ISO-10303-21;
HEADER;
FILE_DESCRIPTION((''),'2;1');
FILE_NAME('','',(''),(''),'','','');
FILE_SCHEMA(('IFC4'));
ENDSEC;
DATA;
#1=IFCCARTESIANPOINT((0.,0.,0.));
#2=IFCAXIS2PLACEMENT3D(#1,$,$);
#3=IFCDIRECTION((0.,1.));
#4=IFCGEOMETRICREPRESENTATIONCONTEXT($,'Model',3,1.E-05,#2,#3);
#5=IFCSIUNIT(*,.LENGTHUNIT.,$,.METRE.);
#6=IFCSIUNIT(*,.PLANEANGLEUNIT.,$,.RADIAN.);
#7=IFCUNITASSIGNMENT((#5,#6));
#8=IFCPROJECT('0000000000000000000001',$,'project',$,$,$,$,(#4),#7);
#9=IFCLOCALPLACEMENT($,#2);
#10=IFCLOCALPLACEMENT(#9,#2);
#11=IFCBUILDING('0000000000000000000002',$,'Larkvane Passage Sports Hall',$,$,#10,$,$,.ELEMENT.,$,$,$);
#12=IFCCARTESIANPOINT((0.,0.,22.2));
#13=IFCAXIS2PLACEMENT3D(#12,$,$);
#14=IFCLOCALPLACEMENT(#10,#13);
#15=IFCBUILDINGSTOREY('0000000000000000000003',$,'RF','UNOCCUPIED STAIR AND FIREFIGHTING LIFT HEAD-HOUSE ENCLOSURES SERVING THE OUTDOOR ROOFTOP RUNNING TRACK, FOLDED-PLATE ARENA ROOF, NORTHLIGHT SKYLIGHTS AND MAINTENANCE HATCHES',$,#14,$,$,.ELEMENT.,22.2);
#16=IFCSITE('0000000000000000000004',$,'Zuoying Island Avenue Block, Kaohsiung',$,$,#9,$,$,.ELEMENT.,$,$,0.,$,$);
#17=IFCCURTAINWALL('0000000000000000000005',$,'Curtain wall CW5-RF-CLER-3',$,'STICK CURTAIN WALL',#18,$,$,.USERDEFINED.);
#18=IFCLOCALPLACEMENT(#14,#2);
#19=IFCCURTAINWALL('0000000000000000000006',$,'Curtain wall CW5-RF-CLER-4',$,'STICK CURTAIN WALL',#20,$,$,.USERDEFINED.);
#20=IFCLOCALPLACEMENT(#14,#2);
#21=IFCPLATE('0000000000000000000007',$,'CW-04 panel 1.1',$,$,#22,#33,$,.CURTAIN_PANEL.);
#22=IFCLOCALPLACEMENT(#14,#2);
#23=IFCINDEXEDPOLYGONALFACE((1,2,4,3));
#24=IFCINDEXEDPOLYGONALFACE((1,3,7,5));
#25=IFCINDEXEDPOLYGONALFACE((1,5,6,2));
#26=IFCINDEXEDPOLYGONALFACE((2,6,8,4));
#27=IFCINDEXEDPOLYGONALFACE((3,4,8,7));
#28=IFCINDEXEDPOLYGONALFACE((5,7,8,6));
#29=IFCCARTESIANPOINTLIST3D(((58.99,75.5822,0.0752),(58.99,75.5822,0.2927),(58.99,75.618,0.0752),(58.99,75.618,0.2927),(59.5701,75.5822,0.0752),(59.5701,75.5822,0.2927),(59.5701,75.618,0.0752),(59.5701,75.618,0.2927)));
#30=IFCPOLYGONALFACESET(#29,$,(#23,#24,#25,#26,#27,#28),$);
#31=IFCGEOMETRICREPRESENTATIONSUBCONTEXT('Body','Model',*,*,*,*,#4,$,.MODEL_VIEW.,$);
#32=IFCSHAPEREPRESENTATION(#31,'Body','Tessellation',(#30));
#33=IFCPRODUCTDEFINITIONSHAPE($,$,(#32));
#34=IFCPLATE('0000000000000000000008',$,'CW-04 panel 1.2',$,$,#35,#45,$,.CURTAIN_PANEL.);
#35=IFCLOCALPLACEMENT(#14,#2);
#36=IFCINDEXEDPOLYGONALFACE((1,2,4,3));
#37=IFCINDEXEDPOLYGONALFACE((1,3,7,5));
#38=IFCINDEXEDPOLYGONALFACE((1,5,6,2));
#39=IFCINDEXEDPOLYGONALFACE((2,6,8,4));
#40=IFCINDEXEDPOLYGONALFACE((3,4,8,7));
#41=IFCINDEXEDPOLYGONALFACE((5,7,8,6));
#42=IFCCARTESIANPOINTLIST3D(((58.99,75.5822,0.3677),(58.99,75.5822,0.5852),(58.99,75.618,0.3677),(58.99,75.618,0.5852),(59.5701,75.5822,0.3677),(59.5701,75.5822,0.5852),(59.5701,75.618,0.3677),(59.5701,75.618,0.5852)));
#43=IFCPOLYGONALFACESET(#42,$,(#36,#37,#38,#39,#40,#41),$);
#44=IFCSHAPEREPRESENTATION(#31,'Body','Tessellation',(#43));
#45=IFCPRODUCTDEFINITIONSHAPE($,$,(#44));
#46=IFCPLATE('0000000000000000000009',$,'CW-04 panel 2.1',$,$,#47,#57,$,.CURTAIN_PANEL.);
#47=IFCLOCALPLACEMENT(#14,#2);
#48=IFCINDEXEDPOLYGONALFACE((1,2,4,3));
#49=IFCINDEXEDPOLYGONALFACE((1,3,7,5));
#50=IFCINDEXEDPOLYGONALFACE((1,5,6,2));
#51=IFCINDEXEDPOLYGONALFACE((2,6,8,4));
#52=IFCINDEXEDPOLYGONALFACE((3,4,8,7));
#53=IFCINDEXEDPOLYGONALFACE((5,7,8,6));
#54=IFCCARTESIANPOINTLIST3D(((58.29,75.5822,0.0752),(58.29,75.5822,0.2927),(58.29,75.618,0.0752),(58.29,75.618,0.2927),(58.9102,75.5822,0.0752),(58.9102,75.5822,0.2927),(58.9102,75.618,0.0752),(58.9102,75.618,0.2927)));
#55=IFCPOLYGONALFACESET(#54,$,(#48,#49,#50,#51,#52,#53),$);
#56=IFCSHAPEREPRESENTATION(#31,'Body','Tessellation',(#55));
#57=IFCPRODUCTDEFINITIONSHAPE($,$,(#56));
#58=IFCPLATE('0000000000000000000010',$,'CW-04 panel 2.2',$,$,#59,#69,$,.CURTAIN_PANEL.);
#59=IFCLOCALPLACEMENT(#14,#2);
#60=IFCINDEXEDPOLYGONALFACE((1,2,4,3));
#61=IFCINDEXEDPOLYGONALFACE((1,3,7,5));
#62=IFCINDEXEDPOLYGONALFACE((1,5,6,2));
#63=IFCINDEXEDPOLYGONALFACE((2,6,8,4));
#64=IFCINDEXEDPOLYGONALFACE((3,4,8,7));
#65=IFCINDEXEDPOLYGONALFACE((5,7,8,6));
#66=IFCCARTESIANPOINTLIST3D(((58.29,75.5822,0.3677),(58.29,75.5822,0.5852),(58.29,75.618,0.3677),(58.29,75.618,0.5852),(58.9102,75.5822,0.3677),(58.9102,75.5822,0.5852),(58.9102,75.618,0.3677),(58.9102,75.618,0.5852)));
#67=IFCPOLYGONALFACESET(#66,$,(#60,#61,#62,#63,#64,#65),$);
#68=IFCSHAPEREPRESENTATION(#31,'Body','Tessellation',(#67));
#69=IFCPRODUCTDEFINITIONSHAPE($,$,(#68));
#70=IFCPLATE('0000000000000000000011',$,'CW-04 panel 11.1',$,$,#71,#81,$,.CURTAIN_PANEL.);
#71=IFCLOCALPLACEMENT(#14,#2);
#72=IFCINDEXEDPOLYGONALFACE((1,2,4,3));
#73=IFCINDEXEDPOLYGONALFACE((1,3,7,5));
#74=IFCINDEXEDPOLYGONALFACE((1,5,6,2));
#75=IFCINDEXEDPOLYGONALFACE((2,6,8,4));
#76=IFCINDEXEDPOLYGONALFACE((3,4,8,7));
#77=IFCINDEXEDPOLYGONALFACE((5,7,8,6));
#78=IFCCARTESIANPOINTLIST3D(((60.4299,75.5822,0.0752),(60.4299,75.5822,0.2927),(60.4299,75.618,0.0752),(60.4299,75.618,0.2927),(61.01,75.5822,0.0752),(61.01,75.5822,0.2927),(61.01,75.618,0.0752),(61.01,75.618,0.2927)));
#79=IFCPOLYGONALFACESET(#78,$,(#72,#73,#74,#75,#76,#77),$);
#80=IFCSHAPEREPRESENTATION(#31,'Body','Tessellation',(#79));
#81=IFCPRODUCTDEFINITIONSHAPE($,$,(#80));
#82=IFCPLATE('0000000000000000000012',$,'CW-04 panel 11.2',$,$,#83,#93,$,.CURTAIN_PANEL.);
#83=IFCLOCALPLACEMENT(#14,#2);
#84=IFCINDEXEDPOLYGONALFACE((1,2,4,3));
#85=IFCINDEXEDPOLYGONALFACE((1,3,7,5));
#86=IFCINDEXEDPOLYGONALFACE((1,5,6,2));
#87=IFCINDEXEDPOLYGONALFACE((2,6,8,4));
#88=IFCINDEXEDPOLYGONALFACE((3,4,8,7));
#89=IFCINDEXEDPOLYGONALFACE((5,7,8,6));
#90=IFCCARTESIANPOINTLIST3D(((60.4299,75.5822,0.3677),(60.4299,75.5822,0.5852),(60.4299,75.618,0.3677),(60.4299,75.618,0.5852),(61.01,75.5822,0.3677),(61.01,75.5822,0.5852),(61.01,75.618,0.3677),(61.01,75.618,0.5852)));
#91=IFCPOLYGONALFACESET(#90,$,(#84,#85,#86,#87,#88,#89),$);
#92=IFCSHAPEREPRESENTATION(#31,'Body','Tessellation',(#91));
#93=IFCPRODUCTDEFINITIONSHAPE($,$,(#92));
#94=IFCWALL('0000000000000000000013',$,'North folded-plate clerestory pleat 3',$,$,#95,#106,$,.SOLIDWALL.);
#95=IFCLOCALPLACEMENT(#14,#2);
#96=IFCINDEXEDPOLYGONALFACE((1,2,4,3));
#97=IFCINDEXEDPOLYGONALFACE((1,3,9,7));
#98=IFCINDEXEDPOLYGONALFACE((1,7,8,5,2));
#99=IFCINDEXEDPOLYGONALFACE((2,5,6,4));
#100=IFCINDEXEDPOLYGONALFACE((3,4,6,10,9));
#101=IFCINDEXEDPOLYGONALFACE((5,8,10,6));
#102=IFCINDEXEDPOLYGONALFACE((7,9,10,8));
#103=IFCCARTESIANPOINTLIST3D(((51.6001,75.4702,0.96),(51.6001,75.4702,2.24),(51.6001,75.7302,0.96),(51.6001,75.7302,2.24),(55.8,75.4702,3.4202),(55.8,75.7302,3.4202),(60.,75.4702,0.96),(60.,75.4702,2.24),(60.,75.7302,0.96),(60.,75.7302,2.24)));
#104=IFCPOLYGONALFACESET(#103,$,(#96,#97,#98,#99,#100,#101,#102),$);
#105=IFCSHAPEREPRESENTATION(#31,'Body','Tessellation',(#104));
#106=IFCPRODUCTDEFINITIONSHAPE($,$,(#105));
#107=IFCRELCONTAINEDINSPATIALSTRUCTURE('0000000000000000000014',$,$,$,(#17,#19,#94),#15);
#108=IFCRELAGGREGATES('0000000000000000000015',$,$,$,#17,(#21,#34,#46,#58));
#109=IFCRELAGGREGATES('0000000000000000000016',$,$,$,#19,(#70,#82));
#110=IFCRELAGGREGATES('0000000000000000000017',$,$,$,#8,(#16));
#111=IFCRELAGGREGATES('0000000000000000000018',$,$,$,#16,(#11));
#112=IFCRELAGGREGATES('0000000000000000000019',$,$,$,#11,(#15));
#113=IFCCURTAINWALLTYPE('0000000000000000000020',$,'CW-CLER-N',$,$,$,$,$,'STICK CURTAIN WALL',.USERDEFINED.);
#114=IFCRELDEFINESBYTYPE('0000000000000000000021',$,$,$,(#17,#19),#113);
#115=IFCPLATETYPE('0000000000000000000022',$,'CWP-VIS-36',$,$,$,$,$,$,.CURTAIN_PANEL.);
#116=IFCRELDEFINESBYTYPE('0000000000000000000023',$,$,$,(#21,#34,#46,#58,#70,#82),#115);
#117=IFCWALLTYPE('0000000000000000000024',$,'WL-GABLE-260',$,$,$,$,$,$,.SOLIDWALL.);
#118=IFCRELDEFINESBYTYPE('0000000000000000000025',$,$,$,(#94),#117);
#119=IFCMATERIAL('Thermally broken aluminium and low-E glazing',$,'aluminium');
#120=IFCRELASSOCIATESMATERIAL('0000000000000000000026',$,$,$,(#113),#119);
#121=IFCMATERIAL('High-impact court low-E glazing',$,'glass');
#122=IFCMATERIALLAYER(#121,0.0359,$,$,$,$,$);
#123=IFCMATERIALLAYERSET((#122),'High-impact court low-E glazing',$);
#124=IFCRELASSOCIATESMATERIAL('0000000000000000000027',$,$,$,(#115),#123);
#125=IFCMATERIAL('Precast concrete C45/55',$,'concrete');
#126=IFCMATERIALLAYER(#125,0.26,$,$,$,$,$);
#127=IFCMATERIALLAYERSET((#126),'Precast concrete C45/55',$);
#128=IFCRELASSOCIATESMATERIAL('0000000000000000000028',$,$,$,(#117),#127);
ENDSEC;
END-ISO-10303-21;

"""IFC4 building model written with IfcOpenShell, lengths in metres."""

from ifc_helpers import new_model, si_unit, direction, frame, origin, origin_2d, place, context, subcontext, project, spatial, polyline, rectangle, outline, extrude, material, layer, layer_set, type_object, element, aggregate, save


model = new_model("IFC4")

# Units and contexts
model_context = context("Model", 3, precision=1e-05, world=origin(), true_north=direction((0.0, 1.0)))
body_context = subcontext(model_context, "Body", "Model", "MODEL_VIEW")
ifc_project = project(units=[si_unit("LENGTHUNIT", "METRE"), si_unit("PLANEANGLEUNIT", "RADIAN")], contexts=[model_context])

# Site, building, storey
site_placement = place(None, origin())
site = spatial("IfcSite", under=ifc_project, at=site_placement, Name="Zuoying Island Avenue Block, Kaohsiung", CompositionType="ELEMENT", RefElevation=0.0)
building_placement = place(site_placement, origin())
building = spatial("IfcBuilding", under=site, at=building_placement, Name="Larkvane Passage Sports Hall", CompositionType="ELEMENT")
storey_placement = place(building_placement, frame((0.0, 0.0, 22.2)))
storey = spatial("IfcBuildingStorey", under=building, at=storey_placement, Name="RF", Description="UNOCCUPIED STAIR AND FIREFIGHTING LIFT HEAD-HOUSE ENCLOSURES SERVING THE OUTDOOR ROOFTOP RUNNING TRACK, FOLDED-PLATE ARENA ROOF, NORTHLIGHT SKYLIGHTS AND MAINTENANCE HATCHES", CompositionType="ELEMENT", Elevation=22.2)

# Curtain wall
ifc_material_1 = material(Name="Thermally broken aluminium and low-E glazing", Category="aluminium")
curtain_wall_type = type_object("IfcCurtainWallType", Name="CW-CLER-N", ElementType="STICK CURTAIN WALL", PredefinedType="USERDEFINED", material=ifc_material_1)
curtain_wall_1_placement = place(storey_placement, origin())
curtain_wall_1 = element("IfcCurtainWall", 1, at=curtain_wall_1_placement, inside=storey, type_object=curtain_wall_type, Name="Curtain wall CW5-RF-CLER-3", ObjectType="STICK CURTAIN WALL", PredefinedType="USERDEFINED")

# Curtain wall
curtain_wall_2_placement = place(storey_placement, origin())
curtain_wall_2 = element("IfcCurtainWall", 2, at=curtain_wall_2_placement, inside=storey, type_object=curtain_wall_type, Name="Curtain wall CW5-RF-CLER-4", ObjectType="STICK CURTAIN WALL", PredefinedType="USERDEFINED")

# Plates
ifc_material_2 = material(Name="High-impact court low-E glazing", Category="glass")
ifc_layer_1 = layer(ifc_material_2, 0.0359)
ifc_layer_set_1 = layer_set([ifc_layer_1], Name="High-impact court low-E glazing")
plate_type = type_object("IfcPlateType", Name="CWP-VIS-36", PredefinedType="CURTAIN_PANEL", material=ifc_layer_set_1)
plate_1_placement = place(storey_placement, frame((59.28, 75.6001, 0.0752), z_axis=(0.0, 0.0, 1.0), x_axis=(-1.0, 0.0, 0.0)))
plate_1 = element("IfcPlate", 3, at=plate_1_placement, type_object=plate_type, Name="CW-04 panel 1.1", PredefinedType="CURTAIN_PANEL", context=body_context, shape_type="SweptSolid", body=[
    extrude(rectangle(XDim=0.5801, YDim=0.0359, at=origin_2d()), origin(), (0.0, 0.0, 1.0), 0.2175),
])
plate_2_placement = place(storey_placement, frame((59.28, 75.6001, 0.3677), z_axis=(0.0, 0.0, 1.0), x_axis=(-1.0, 0.0, 0.0)))
plate_2 = element("IfcPlate", 4, at=plate_2_placement, type_object=plate_type, Name="CW-04 panel 1.2", PredefinedType="CURTAIN_PANEL", context=body_context, shape_type="SweptSolid", body=[
    extrude(rectangle(XDim=0.5801, YDim=0.0359, at=origin_2d()), origin(), (0.0, 0.0, 1.0), 0.2175),
])
plate_3_placement = place(storey_placement, frame((58.6001, 75.6001, 0.0752), z_axis=(0.0, 0.0, 1.0), x_axis=(-1.0, 0.0, 0.0)))
plate_3 = element("IfcPlate", 5, at=plate_3_placement, type_object=plate_type, Name="CW-04 panel 2.1", PredefinedType="CURTAIN_PANEL", context=body_context, shape_type="SweptSolid", body=[
    extrude(rectangle(XDim=0.6201, YDim=0.0359, at=origin_2d()), origin(), (0.0, 0.0, 1.0), 0.2175),
])
plate_4_placement = place(storey_placement, frame((58.6001, 75.6001, 0.3677), z_axis=(0.0, 0.0, 1.0), x_axis=(-1.0, 0.0, 0.0)))
plate_4 = element("IfcPlate", 6, at=plate_4_placement, type_object=plate_type, Name="CW-04 panel 2.2", PredefinedType="CURTAIN_PANEL", context=body_context, shape_type="SweptSolid", body=[
    extrude(rectangle(XDim=0.6201, YDim=0.0359, at=origin_2d()), origin(), (0.0, 0.0, 1.0), 0.2175),
])
aggregate(curtain_wall_1, [plate_1, plate_2, plate_3, plate_4])
plate_5_placement = place(storey_placement, frame((60.72, 75.6001, 0.0752), z_axis=(0.0, 0.0, 1.0), x_axis=(-1.0, 0.0, 0.0)))
plate_5 = element("IfcPlate", 7, at=plate_5_placement, type_object=plate_type, Name="CW-04 panel 11.1", PredefinedType="CURTAIN_PANEL", context=body_context, shape_type="SweptSolid", body=[
    extrude(rectangle(XDim=0.5801, YDim=0.0359, at=origin_2d()), origin(), (0.0, 0.0, 1.0), 0.2175),
])
plate_6_placement = place(storey_placement, frame((60.72, 75.6001, 0.3677), z_axis=(0.0, 0.0, 1.0), x_axis=(-1.0, 0.0, 0.0)))
plate_6 = element("IfcPlate", 8, at=plate_6_placement, type_object=plate_type, Name="CW-04 panel 11.2", PredefinedType="CURTAIN_PANEL", context=body_context, shape_type="SweptSolid", body=[
    extrude(rectangle(XDim=0.5801, YDim=0.0359, at=origin_2d()), origin(), (0.0, 0.0, 1.0), 0.2175),
])
aggregate(curtain_wall_2, [plate_5, plate_6])

# Wall
ifc_material_3 = material(Name="Precast concrete C45/55", Category="concrete")
ifc_layer_2 = layer(ifc_material_3, 0.26)
ifc_layer_set_2 = layer_set([ifc_layer_2], Name="Precast concrete C45/55")
wall_type = type_object("IfcWallType", Name="WL-GABLE-260", PredefinedType="SOLIDWALL", material=ifc_layer_set_2)
wall_placement = place(storey_placement, frame((60.0, 75.6001, 0.96), z_axis=(0.0, 0.0, 1.0), x_axis=(-1.0, 0.0, 0.0)))
element("IfcWall", 9, at=wall_placement, inside=storey, type_object=wall_type, Name="North folded-plate clerestory pleat 3", PredefinedType="SOLIDWALL", context=body_context, shape_type="SweptSolid", body=[
    extrude(outline(polyline([(0.0, 0.0), (8.3999, 0.0), (8.3999, 1.28), (4.2, 2.4602), (0.0, 1.28), (0.0, 0.0)])), frame((0.0, 0.1299, 0.0), z_axis=(0.0, -1.0, 0.0), x_axis=(1.0, 0.0, 0.0)), (0.0, 0.0, 1.0), 0.26),
])

save(model, "model.ifc")
